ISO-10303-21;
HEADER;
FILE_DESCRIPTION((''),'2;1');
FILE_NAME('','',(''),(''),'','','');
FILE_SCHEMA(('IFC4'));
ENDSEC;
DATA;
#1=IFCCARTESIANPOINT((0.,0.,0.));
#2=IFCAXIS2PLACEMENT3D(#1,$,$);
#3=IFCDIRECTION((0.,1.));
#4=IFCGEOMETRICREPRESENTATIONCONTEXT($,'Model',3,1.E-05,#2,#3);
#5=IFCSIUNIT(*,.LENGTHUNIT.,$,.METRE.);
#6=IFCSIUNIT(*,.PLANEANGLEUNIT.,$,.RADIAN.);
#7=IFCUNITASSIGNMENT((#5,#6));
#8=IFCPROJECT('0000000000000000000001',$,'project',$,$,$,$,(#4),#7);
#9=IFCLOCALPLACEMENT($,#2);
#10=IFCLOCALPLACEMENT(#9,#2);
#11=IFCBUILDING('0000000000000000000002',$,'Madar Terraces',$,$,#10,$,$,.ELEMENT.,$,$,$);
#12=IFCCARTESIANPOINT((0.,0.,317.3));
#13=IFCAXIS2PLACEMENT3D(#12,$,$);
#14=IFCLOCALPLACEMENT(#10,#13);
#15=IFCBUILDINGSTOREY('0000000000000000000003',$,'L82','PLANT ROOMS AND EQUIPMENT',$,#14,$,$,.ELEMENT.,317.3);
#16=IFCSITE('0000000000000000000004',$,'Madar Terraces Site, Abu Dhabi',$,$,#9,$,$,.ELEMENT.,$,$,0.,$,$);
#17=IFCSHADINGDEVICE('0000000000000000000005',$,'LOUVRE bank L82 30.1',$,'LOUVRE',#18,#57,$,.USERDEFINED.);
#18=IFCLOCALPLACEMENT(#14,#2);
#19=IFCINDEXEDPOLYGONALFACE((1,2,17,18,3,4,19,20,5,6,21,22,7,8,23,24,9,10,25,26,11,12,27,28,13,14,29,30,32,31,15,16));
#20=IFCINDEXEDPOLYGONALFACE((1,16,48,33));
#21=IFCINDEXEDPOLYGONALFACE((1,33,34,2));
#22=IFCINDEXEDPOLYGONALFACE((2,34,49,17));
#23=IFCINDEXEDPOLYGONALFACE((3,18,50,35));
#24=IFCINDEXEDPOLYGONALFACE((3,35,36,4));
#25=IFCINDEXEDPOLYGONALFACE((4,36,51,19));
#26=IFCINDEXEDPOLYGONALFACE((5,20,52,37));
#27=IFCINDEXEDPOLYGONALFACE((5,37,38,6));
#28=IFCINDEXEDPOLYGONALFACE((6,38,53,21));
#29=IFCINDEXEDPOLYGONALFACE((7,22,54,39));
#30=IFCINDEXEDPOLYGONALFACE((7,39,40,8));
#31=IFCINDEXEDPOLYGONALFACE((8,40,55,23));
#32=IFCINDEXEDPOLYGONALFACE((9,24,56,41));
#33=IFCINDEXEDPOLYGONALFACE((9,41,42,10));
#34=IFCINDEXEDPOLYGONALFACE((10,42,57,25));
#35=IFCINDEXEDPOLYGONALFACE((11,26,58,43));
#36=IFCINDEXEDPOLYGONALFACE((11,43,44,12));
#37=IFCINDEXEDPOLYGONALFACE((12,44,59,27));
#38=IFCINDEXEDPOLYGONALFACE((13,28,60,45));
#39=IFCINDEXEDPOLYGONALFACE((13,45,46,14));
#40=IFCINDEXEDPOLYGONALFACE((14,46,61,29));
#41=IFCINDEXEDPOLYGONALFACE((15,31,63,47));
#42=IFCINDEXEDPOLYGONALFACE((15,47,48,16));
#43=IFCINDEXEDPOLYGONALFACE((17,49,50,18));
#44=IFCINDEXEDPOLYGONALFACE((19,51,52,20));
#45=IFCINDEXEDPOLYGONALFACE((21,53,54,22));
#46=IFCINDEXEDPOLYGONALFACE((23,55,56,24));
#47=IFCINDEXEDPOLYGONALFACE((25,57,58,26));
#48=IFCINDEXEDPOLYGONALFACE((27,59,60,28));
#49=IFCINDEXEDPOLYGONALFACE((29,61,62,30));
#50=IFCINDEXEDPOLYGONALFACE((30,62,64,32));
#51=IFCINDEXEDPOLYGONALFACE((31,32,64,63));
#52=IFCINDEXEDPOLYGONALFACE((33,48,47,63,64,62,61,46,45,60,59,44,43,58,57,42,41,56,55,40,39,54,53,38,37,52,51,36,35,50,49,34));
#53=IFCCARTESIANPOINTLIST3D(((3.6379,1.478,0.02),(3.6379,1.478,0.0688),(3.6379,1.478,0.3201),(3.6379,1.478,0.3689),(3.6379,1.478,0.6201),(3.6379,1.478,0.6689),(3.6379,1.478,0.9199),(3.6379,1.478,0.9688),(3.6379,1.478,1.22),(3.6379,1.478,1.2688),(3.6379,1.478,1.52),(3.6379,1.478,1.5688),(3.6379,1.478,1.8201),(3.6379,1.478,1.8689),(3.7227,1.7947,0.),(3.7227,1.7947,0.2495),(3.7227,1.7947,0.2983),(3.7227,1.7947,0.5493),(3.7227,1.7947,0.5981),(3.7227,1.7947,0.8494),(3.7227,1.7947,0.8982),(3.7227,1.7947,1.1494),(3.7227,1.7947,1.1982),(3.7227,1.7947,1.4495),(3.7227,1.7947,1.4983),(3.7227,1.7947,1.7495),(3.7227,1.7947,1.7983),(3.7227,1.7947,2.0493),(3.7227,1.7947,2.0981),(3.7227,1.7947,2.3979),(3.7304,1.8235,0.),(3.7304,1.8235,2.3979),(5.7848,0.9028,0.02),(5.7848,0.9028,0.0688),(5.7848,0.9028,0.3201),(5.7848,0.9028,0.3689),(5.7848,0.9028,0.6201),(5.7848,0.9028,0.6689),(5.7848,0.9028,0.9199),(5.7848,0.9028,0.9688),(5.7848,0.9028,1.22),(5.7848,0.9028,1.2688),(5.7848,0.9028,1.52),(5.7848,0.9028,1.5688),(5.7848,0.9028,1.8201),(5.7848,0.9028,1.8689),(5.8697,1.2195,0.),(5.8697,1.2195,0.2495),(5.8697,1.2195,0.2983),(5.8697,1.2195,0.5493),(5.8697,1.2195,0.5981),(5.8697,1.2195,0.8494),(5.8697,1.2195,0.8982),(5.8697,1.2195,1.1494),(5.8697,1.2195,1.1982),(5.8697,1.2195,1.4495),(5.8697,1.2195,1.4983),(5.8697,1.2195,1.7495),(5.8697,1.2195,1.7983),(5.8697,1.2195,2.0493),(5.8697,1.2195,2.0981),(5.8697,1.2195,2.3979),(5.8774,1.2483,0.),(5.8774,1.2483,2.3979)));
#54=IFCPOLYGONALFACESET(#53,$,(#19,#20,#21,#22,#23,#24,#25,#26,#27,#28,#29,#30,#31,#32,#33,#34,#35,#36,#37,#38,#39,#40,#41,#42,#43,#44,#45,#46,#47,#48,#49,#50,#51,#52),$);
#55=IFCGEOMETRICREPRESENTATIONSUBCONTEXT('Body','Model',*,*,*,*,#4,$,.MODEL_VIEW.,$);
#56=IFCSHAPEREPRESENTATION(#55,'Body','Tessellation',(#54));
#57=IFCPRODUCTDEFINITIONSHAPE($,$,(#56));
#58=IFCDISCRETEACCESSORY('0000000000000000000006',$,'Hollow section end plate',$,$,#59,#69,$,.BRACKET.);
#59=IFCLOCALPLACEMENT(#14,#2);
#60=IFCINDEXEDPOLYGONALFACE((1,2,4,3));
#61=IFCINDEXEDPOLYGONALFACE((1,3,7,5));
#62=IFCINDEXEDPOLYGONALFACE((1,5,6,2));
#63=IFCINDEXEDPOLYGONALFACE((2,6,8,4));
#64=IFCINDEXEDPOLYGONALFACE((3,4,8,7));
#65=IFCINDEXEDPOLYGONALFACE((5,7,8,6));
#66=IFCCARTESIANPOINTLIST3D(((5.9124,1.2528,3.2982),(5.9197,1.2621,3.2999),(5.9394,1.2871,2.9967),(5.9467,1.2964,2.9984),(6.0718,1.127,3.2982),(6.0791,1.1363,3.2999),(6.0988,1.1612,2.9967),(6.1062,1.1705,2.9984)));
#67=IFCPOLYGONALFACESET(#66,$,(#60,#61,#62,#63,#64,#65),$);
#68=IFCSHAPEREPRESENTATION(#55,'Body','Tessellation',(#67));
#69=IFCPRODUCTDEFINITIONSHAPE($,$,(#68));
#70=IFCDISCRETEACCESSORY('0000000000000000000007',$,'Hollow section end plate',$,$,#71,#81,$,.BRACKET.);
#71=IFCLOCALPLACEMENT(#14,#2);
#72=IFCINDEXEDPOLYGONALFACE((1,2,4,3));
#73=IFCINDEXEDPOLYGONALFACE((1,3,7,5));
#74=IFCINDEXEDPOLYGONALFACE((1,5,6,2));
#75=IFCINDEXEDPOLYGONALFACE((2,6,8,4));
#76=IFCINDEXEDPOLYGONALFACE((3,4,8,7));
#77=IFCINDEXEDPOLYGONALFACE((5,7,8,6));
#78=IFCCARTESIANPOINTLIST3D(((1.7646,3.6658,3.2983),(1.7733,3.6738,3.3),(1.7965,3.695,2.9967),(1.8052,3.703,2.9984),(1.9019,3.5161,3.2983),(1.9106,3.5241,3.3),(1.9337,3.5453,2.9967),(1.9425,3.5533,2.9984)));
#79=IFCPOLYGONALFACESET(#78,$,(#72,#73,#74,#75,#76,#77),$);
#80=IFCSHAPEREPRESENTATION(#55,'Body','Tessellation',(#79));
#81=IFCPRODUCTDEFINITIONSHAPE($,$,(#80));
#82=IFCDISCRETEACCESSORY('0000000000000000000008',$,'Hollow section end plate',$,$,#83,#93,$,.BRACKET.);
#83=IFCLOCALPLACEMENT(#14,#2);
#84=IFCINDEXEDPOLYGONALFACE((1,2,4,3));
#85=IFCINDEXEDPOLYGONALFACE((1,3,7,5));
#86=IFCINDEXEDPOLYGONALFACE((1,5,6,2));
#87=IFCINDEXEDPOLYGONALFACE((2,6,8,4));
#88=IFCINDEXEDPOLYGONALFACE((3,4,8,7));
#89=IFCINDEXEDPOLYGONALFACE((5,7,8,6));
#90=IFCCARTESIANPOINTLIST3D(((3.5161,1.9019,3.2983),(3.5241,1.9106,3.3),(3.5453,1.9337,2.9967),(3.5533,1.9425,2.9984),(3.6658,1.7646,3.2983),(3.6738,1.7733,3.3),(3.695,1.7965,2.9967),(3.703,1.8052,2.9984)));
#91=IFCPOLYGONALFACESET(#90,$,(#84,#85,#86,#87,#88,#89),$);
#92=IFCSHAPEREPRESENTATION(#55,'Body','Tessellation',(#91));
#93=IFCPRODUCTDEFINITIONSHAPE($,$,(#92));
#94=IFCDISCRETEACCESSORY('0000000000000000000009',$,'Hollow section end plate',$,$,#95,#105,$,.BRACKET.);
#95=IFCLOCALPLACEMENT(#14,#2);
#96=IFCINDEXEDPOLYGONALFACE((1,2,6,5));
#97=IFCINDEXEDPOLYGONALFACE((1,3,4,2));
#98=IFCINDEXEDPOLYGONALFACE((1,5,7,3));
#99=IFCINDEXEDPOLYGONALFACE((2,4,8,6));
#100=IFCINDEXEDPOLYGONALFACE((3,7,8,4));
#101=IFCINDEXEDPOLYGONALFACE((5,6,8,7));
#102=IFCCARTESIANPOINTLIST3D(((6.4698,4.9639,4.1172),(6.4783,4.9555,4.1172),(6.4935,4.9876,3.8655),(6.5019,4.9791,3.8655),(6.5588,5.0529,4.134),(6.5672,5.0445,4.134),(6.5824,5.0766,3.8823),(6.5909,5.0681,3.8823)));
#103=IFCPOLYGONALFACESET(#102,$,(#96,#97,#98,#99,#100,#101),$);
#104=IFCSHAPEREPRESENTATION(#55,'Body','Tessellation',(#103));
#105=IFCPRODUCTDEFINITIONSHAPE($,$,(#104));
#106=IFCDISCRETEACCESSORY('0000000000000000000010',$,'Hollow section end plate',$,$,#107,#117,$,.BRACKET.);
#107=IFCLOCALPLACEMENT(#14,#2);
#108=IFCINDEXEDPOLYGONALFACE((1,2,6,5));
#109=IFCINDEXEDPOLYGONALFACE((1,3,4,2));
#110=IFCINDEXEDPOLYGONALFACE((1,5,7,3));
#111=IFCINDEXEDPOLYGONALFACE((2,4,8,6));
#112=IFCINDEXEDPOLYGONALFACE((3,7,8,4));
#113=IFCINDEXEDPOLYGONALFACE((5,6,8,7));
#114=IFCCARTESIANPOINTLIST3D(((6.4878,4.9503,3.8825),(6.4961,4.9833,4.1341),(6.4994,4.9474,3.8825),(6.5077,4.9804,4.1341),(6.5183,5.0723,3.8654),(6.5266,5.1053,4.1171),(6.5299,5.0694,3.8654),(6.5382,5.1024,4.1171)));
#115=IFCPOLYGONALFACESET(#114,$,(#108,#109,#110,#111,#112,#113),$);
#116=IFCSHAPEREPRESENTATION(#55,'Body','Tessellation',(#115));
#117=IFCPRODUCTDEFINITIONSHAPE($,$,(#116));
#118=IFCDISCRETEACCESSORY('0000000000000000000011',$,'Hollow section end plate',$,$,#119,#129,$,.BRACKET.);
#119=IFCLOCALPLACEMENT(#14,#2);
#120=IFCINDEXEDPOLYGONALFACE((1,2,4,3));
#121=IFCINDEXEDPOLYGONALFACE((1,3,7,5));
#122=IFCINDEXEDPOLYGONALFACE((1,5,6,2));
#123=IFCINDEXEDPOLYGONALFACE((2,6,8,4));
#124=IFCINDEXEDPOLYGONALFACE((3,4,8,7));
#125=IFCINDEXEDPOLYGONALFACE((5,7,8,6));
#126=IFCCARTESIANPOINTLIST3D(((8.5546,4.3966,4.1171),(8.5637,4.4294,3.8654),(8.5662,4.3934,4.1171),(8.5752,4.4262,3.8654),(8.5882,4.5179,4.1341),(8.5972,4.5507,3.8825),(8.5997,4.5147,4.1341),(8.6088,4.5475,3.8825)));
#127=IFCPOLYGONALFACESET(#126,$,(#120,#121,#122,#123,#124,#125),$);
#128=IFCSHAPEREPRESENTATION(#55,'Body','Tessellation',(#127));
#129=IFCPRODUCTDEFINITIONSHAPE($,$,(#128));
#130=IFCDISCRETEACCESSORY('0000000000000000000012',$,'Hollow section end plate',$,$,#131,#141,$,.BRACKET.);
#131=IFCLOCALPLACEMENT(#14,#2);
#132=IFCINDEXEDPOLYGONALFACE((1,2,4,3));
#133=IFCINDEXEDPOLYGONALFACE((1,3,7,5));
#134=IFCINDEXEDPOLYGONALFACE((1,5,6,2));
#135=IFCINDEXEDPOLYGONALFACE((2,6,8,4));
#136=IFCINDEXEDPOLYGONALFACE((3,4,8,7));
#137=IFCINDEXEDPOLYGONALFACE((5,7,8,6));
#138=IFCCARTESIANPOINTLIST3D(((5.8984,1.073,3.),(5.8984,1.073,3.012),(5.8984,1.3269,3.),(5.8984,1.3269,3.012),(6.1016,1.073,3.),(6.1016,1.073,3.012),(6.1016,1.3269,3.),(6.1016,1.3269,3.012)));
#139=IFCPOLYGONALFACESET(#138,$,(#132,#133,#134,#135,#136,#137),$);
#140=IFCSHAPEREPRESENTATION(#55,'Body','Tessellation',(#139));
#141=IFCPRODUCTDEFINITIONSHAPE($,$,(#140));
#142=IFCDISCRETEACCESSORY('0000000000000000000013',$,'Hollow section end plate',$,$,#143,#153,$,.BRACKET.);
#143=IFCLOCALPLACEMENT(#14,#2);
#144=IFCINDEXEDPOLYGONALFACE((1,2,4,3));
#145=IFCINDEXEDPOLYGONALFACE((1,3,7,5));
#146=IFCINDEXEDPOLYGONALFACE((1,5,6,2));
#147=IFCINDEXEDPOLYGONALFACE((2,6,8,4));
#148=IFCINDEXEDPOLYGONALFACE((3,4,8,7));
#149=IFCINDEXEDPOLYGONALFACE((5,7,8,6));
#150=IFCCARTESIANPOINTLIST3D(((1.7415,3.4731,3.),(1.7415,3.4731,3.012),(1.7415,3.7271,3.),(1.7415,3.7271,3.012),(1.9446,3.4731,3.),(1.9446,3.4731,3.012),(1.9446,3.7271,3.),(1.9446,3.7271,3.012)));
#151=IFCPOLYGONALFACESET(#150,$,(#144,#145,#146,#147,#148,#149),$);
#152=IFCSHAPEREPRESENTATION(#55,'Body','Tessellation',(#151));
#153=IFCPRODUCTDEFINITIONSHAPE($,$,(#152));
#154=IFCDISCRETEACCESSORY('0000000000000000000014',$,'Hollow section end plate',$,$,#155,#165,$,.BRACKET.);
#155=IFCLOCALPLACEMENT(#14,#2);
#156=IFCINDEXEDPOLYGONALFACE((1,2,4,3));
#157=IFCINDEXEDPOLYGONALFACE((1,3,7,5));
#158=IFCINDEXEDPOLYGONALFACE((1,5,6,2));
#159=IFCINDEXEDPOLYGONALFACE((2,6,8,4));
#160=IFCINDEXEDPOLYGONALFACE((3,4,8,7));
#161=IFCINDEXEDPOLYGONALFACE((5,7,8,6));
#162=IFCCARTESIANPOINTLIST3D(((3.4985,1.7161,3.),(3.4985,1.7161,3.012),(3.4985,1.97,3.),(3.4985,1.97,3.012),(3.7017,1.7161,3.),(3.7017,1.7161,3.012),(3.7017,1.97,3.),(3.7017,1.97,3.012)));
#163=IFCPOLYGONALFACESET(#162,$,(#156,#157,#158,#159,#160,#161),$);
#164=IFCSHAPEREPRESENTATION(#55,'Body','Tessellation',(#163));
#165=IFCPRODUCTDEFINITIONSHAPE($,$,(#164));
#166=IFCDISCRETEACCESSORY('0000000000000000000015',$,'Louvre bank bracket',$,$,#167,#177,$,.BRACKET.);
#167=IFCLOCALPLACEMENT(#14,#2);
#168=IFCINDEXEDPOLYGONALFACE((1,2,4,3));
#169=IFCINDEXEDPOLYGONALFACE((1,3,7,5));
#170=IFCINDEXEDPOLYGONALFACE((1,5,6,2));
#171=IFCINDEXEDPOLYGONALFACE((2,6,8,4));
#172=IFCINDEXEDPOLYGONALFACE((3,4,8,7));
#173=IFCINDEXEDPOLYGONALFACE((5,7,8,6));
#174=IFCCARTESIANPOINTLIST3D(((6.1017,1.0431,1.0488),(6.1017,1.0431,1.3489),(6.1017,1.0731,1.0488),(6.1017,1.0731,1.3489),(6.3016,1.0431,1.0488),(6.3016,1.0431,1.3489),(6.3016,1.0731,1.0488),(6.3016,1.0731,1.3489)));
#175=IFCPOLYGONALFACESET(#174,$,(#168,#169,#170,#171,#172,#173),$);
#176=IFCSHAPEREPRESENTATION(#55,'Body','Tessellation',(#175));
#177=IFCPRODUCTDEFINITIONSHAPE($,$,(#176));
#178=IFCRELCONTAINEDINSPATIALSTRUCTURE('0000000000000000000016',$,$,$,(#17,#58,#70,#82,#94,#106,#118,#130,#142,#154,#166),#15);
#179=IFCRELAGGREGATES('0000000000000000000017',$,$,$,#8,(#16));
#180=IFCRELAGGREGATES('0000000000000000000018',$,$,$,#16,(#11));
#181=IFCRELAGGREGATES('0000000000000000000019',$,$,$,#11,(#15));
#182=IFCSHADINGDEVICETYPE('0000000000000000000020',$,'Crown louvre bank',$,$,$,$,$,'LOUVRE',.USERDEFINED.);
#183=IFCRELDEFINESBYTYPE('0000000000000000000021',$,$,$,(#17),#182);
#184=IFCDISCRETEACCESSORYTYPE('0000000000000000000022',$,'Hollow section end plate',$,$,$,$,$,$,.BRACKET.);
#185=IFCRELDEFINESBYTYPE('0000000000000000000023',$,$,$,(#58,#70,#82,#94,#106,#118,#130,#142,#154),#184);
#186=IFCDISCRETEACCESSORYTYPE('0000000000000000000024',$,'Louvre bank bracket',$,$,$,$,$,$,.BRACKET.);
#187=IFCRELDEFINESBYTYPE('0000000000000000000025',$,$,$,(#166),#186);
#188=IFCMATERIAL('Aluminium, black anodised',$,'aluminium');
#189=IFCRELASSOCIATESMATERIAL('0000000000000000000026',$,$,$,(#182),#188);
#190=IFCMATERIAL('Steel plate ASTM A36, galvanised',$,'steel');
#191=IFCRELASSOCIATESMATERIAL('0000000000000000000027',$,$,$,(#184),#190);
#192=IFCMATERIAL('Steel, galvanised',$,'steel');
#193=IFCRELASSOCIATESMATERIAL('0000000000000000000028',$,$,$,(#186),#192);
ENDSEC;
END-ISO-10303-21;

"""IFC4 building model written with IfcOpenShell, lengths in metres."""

from ifc_helpers import new_model, si_unit, direction, frame, origin, origin_2d, place, context, subcontext, project, spatial, polyline, rectangle, outline, extrude, material, type_object, element, save


model = new_model("IFC4")

# Units and contexts
model_context = context("Model", 3, precision=1e-05, world=origin(), true_north=direction((0.0, 1.0)))
body_context = subcontext(model_context, "Body", "Model", "MODEL_VIEW")
ifc_project = project(units=[si_unit("LENGTHUNIT", "METRE"), si_unit("PLANEANGLEUNIT", "RADIAN")], contexts=[model_context])

# Site, building, storey
site_placement = place(None, origin())
site = spatial("IfcSite", under=ifc_project, at=site_placement, Name="Madar Terraces Site, Abu Dhabi", CompositionType="ELEMENT", RefElevation=0.0)
building_placement = place(site_placement, origin())
building = spatial("IfcBuilding", under=site, at=building_placement, Name="Madar Terraces", CompositionType="ELEMENT")
storey_placement = place(building_placement, frame((0.0, 0.0, 317.3)))
storey = spatial("IfcBuildingStorey", under=building, at=storey_placement, Name="L82", Description="PLANT ROOMS AND EQUIPMENT", CompositionType="ELEMENT", Elevation=317.3)

# Shading device
ifc_material_1 = material(Name="Aluminium, black anodised", Category="aluminium")
shading_device_type = type_object("IfcShadingDeviceType", Name="Crown louvre bank", ElementType="LOUVRE", PredefinedType="USERDEFINED", material=ifc_material_1)
shading_device_1_placement = place(storey_placement, frame((3.7266, 1.8091, 0.0), z_axis=(0.965935, -0.258784, 0.0), x_axis=(0.258784, 0.965935, 0.0)))
element("IfcShadingDevice", 1, at=shading_device_1_placement, inside=storey, type_object=shading_device_type, Name="LOUVRE bank L82 30.1", ObjectType="LOUVRE", PredefinedType="USERDEFINED", context=body_context, shape_type="SweptSolid", body=[
    extrude(outline(polyline([(0.0149, 0.0), (-0.0149, 0.0), (-0.0149, 0.2495), (-0.3428, 0.02), (-0.3428, 0.0688), (-0.0149, 0.2983), (-0.0149, 0.5493), (-0.3428, 0.3201), (-0.3428, 0.3689), (-0.0149, 0.5981), (-0.0149, 0.8494), (-0.3428, 0.6201), (-0.3428, 0.6689), (-0.0149, 0.8982), (-0.0149, 1.1494), (-0.3428, 0.9199), (-0.3428, 0.9688), (-0.0149, 1.1982), (-0.0149, 1.4495), (-0.3428, 1.22), (-0.3428, 1.2688), (-0.0149, 1.4983), (-0.0149, 1.7495), (-0.3428, 1.52), (-0.3428, 1.5688), (-0.0149, 1.7983), (-0.0149, 2.0493), (-0.3428, 1.8201), (-0.3428, 1.8689), (-0.0149, 2.0981), (-0.0149, 2.3979), (0.0149, 2.3979), (0.0149, 0.0)])), origin(), (0.0, 0.0, 1.0), 2.2227),
])

# Discrete accessories
ifc_material_2 = material(Name="Steel plate ASTM A36, galvanised", Category="steel")
discrete_accessory_type_1 = type_object("IfcDiscreteAccessoryType", Name="Hollow section end plate", PredefinedType="BRACKET", material=ifc_material_2)
for number, where, z_axis, x_axis, name in (
    (2, (6.0129, 1.2163, 3.1492), (-0.613267, -0.776805, -0.143096), (0.784883, -0.619644, 0.0), "Hollow section end plate"),
    (3, (1.8579, 3.6135, 3.1492), (-0.729696, -0.668888, -0.141885), (0.675725, -0.737154, 0.0), "Hollow section end plate"),
    (4, (3.6135, 1.8579, 3.1492), (-0.668888, -0.729696, -0.141885), (0.737154, -0.675725, 0.0), "Hollow section end plate"),
):
    element("IfcDiscreteAccessory", number, at=place(storey_placement, frame(where, z_axis=z_axis, x_axis=x_axis)), inside=storey, type_object=discrete_accessory_type_1, Name=name, PredefinedType="BRACKET", context=body_context, shape_type="SweptSolid", body=[
        extrude(rectangle(XDim=0.2031, YDim=0.3047, at=origin_2d()), origin(), (0.0, 0.0, 1.0), 0.012),
    ])
for number, where, z_axis, x_axis, name in (
    (5, (6.5261, 5.0203, 3.9998), (0.707107, -0.707107, 0.0), (0.700941, 0.700941, 0.131765), "Hollow section end plate"),
    (6, (6.5188, 5.0249, 3.9998), (-0.970143, 0.242536, 0.0), (-0.240345, -0.961382, 0.134086), "Hollow section end plate"),
    (7, (8.5759, 4.4736, 3.9998), (0.963811, -0.266586, 0.0), (0.264179, 0.955108, 0.134086), "Hollow section end plate"),
):
    element("IfcDiscreteAccessory", number, at=place(storey_placement, frame(where, z_axis=z_axis, x_axis=x_axis)), inside=storey, type_object=discrete_accessory_type_1, Name=name, PredefinedType="BRACKET", context=body_context, shape_type="SweptSolid", body=[
        extrude(rectangle(XDim=0.127, YDim=0.2539, at=origin_2d()), origin(), (0.0, 0.0, 1.0), 0.012),
    ])
for number, where, z_axis, x_axis, name in (
    (8, (6.0, 1.2, 3.0), (0.0, 0.0, 1.0), (1.0, 0.0, 0.0), "Hollow section end plate"),
    (9, (1.843, 3.6001, 3.0), (0.0, 0.0, 1.0), (1.0, 0.0, 0.0), "Hollow section end plate"),
    (10, (3.6001, 1.843, 3.0), (0.0, 0.0, 1.0), (1.0, 0.0, 0.0), "Hollow section end plate"),
):
    element("IfcDiscreteAccessory", number, at=place(storey_placement, frame(where, z_axis=z_axis, x_axis=x_axis)), inside=storey, type_object=discrete_accessory_type_1, Name=name, PredefinedType="BRACKET", context=body_context, shape_type="SweptSolid", body=[
        extrude(rectangle(XDim=0.2031, YDim=0.2539, at=origin_2d()), origin(), (0.0, 0.0, 1.0), 0.012),
    ])
ifc_material_3 = material(Name="Steel, galvanised", Category="steel")
discrete_accessory_type_2 = type_object("IfcDiscreteAccessoryType", Name="Louvre bank bracket", PredefinedType="BRACKET", material=ifc_material_3)
discrete_accessory_placement = place(storey_placement, frame((6.2017, 1.0581, 1.0488), z_axis=(0.0, 0.0, 1.0), x_axis=(1.0, 0.0, 0.0)))
element("IfcDiscreteAccessory", 11, at=discrete_accessory_placement, inside=storey, type_object=discrete_accessory_type_2, Name="Louvre bank bracket", PredefinedType="BRACKET", context=body_context, shape_type="SweptSolid", body=[
    extrude(rectangle(XDim=0.2, YDim=0.03, at=origin_2d()), origin(), (0.0, 0.0, 1.0), 0.3),
])

save(model, "model.ifc")
